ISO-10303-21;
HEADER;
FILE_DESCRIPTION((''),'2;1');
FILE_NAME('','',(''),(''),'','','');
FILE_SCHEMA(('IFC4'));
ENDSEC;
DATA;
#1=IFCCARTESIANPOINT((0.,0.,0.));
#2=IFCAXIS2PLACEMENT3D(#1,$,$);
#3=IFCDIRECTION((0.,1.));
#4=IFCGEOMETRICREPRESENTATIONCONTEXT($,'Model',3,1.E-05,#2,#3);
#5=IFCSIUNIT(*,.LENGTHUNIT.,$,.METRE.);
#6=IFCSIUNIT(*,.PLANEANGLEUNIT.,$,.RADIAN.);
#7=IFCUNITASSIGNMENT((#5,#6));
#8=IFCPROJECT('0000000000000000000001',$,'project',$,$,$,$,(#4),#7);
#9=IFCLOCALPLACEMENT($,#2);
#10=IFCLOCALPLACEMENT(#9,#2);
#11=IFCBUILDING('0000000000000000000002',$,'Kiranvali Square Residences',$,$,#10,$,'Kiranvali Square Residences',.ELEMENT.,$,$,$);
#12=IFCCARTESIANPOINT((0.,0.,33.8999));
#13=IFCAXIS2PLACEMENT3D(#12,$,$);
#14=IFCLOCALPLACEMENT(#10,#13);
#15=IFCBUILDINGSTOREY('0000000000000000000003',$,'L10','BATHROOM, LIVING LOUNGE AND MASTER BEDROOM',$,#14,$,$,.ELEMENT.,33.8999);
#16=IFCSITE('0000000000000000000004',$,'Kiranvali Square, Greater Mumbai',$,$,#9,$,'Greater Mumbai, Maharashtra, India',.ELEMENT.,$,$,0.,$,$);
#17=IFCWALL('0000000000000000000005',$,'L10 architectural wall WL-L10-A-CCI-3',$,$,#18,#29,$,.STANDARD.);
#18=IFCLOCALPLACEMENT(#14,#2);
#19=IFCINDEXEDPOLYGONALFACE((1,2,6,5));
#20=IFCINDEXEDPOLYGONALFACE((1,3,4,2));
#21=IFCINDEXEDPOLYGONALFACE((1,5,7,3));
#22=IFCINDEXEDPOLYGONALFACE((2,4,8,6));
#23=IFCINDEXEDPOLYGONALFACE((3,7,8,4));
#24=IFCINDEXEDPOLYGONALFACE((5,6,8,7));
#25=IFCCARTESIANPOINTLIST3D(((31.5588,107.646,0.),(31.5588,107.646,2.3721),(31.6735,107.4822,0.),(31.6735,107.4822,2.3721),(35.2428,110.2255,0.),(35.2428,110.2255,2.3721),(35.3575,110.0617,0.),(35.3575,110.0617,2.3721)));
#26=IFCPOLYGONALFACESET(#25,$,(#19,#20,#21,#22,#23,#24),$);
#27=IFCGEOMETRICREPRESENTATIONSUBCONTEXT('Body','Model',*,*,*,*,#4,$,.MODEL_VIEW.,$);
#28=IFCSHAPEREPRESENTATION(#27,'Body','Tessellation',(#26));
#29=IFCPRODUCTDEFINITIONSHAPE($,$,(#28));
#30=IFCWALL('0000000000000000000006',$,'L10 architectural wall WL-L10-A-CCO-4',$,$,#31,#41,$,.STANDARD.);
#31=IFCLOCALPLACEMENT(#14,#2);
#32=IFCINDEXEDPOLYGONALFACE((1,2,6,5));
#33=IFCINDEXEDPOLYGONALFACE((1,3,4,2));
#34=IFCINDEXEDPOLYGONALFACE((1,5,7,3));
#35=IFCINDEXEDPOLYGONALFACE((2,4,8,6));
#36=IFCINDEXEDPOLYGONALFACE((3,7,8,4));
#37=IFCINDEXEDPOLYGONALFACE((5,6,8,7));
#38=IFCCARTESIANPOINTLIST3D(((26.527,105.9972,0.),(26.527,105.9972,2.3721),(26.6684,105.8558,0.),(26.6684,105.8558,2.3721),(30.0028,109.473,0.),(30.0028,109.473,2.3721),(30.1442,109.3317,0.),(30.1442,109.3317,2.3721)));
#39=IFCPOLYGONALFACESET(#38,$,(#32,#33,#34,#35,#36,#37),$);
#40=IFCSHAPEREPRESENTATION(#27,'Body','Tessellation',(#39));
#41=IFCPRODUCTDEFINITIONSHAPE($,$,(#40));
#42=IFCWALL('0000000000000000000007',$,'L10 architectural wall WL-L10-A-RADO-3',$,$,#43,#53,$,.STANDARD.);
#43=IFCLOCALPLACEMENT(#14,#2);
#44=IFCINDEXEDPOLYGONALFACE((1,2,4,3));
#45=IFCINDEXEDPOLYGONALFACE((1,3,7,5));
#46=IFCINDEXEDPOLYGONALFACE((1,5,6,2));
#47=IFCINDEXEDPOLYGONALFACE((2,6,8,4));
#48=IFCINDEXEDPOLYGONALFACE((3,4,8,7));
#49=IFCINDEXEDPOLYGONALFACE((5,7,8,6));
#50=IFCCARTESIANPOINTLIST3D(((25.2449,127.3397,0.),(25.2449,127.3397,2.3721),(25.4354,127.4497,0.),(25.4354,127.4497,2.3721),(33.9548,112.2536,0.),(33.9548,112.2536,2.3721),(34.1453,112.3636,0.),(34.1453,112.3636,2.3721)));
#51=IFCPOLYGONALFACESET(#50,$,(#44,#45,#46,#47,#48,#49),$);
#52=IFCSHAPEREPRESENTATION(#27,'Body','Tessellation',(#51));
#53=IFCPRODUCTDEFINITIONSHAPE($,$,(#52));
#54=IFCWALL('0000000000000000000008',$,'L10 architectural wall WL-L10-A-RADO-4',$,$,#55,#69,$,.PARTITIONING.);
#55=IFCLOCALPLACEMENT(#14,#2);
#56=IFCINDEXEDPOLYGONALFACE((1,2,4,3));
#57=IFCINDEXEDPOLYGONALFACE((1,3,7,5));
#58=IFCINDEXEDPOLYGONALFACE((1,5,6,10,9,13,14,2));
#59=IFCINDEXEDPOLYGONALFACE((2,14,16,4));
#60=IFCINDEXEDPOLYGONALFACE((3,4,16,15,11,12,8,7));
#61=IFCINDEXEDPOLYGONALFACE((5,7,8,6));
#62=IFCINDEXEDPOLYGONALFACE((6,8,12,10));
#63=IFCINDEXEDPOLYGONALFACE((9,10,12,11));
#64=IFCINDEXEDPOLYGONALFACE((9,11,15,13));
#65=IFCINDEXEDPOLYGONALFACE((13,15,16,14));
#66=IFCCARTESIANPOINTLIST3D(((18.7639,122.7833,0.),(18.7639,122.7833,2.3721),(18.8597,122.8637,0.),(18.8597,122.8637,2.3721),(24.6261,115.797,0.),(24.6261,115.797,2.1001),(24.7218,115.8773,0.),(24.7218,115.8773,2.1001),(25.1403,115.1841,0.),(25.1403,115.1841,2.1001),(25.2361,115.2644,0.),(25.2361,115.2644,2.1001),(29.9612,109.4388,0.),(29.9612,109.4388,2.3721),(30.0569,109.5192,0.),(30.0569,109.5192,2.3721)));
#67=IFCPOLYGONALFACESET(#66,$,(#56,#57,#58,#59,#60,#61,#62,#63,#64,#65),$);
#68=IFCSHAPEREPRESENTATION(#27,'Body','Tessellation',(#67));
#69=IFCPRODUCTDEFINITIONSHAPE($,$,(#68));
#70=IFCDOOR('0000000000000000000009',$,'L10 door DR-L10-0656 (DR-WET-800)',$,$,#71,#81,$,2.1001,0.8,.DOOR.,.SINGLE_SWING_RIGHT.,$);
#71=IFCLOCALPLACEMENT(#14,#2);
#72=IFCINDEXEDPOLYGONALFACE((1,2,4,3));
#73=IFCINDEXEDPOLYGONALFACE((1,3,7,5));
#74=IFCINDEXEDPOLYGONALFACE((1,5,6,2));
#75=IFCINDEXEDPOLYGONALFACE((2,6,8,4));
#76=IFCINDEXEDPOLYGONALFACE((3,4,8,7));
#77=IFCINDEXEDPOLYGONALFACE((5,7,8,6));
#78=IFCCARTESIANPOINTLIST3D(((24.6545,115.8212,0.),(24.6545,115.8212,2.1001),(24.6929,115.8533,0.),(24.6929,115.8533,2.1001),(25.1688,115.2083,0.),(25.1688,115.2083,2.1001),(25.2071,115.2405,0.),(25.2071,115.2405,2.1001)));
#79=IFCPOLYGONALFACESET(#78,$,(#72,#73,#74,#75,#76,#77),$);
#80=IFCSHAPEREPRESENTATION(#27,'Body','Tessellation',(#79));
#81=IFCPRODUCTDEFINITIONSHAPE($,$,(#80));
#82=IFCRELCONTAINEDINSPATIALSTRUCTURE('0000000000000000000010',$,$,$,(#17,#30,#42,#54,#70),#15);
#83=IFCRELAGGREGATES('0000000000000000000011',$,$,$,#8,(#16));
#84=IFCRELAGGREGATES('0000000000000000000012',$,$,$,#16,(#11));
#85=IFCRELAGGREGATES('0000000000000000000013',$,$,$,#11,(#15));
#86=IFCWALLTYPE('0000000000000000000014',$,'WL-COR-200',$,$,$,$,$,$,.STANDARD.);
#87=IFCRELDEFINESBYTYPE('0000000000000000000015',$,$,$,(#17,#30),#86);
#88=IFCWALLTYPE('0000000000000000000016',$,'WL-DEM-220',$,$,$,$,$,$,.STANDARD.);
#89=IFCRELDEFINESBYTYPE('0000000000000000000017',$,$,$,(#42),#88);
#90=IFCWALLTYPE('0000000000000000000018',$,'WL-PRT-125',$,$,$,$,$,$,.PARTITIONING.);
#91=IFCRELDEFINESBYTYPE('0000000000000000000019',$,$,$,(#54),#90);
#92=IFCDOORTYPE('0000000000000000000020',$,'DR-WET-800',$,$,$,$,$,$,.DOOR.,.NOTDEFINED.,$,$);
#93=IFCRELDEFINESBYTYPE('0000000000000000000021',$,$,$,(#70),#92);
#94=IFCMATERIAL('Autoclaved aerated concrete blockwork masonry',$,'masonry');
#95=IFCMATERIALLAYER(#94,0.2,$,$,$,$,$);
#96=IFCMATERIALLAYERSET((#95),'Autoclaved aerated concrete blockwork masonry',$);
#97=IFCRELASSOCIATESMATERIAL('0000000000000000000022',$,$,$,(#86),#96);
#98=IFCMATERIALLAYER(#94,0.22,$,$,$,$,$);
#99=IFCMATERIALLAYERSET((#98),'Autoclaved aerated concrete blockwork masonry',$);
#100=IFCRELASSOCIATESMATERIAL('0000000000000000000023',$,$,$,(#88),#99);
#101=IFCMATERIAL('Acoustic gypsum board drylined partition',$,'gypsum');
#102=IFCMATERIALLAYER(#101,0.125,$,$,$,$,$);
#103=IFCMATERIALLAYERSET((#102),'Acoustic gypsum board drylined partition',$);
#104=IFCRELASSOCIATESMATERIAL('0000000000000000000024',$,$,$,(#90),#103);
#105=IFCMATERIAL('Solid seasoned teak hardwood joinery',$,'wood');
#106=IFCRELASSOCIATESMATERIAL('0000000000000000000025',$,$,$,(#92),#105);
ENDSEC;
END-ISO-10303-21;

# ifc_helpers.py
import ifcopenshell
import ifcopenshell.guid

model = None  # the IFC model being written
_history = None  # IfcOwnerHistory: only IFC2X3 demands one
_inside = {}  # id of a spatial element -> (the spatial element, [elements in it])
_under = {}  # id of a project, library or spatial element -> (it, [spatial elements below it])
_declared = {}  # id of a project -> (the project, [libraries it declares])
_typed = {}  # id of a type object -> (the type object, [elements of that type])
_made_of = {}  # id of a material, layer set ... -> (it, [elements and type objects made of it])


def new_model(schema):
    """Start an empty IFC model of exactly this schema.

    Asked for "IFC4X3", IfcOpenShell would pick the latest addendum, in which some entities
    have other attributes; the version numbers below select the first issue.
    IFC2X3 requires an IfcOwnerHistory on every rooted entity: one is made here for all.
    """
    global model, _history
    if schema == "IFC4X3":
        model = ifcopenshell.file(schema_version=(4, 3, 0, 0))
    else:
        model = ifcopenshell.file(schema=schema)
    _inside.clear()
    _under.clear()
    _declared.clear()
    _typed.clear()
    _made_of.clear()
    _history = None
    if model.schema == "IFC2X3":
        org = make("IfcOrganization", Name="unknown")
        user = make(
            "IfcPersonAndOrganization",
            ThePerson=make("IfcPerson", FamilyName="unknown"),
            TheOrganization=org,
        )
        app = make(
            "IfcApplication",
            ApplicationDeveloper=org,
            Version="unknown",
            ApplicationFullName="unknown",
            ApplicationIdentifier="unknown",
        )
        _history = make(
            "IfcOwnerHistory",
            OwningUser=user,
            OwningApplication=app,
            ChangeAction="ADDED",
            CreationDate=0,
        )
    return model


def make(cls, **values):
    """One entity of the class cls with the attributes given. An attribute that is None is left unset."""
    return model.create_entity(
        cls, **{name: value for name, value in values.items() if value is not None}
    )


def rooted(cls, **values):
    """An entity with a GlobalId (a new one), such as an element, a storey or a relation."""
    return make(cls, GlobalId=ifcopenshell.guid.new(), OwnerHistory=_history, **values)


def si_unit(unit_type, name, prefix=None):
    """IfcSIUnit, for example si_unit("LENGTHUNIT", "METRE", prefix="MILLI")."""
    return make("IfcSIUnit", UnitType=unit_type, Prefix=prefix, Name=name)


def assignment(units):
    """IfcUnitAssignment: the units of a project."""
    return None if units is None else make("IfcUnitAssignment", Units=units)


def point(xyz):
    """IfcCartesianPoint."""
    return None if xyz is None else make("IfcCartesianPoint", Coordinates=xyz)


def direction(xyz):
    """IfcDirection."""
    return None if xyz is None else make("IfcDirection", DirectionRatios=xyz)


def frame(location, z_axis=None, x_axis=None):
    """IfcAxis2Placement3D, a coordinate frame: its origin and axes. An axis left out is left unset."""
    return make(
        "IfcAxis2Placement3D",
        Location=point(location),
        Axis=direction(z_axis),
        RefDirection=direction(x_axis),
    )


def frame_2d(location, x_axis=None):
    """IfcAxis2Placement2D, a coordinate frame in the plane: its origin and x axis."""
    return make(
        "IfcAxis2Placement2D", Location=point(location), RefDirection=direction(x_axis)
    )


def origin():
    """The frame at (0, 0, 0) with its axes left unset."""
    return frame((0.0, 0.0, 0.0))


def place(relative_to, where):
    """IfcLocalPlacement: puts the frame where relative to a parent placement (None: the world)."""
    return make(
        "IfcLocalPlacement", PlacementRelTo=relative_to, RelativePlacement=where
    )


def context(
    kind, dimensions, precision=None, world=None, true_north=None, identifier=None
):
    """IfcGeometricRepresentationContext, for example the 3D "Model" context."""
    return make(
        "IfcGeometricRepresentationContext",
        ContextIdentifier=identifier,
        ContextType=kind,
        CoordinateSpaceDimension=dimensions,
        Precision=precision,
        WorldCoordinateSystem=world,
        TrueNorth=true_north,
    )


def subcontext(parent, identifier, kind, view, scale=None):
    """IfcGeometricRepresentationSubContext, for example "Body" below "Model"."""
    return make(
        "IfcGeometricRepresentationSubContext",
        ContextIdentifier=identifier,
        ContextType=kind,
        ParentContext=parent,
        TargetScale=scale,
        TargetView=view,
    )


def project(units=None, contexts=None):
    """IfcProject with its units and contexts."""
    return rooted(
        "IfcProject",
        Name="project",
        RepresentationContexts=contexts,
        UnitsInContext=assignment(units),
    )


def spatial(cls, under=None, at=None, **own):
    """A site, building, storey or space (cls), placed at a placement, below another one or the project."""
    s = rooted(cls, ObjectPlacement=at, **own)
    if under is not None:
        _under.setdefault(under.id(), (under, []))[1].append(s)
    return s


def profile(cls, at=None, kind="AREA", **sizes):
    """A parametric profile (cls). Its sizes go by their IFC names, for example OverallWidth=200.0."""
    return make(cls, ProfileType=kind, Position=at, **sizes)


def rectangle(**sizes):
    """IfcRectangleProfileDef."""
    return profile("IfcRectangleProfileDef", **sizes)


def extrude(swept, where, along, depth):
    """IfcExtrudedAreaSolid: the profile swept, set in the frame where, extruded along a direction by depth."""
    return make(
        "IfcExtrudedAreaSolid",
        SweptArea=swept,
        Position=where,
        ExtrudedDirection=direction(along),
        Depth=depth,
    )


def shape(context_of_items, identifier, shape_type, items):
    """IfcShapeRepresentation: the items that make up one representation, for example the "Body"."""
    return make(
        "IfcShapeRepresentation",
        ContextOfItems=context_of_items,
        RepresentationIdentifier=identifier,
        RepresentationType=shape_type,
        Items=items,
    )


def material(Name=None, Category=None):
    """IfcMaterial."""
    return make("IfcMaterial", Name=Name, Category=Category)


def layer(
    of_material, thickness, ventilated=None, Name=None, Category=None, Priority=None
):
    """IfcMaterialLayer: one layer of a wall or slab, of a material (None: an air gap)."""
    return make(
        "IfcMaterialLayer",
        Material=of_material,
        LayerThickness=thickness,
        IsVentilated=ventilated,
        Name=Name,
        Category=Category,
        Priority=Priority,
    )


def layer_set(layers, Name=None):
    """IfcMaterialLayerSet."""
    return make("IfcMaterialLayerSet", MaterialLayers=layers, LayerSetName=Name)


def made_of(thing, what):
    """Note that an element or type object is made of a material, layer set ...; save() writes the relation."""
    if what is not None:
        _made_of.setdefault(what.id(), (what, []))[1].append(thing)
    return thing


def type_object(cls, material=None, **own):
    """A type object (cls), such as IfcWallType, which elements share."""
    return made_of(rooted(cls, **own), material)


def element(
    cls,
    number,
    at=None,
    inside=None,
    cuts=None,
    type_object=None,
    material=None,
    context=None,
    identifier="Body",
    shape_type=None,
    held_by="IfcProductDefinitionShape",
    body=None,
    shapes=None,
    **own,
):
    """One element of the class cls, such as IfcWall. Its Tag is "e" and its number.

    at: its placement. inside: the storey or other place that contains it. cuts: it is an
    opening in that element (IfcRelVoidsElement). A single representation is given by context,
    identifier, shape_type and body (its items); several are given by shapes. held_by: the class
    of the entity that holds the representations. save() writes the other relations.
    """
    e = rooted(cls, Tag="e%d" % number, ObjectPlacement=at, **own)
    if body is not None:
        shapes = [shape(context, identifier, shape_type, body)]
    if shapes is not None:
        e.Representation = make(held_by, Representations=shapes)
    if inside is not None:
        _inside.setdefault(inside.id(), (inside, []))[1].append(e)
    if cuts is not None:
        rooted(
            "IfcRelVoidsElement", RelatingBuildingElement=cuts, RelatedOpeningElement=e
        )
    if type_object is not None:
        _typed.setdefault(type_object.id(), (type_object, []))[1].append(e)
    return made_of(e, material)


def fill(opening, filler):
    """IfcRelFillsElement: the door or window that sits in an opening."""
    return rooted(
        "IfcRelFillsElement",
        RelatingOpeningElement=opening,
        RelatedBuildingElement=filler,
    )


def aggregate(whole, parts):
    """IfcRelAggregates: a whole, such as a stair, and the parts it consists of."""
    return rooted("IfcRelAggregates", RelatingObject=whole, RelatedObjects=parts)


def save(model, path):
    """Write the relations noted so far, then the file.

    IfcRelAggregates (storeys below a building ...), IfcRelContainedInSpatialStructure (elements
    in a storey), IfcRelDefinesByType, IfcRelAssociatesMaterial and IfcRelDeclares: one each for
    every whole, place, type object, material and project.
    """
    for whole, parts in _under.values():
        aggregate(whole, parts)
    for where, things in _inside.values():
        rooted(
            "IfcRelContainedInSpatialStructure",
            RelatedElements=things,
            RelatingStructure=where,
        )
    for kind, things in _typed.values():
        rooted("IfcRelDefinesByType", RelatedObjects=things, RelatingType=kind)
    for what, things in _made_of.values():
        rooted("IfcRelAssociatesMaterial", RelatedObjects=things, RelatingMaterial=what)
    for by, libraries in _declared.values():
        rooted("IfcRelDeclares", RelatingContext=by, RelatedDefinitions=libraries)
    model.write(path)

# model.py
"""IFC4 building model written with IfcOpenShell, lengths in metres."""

from ifc_helpers import new_model, si_unit, direction, frame, frame_2d, origin, place, context, subcontext, project, spatial, rectangle, extrude, material, layer, layer_set, type_object, element, fill, save


model = new_model("IFC4")

# Units and contexts
model_context = context("Model", 3, precision=1e-05, world=origin(), true_north=direction((0.0, 1.0)))
body_context = subcontext(model_context, "Body", "Model", "MODEL_VIEW")
ifc_project = project(units=[si_unit("LENGTHUNIT", "METRE"), si_unit("PLANEANGLEUNIT", "RADIAN")], contexts=[model_context])

# Site, building, storey
site_placement = place(None, origin())
site = spatial("IfcSite", under=ifc_project, at=site_placement, Name="Kiranvali Square, Greater Mumbai", LongName="Greater Mumbai, Maharashtra, India", CompositionType="ELEMENT", RefElevation=0.0)
building_placement = place(site_placement, origin())
building = spatial("IfcBuilding", under=site, at=building_placement, Name="Kiranvali Square Residences", LongName="Kiranvali Square Residences", CompositionType="ELEMENT")
storey_placement = place(building_placement, frame((0.0, 0.0, 33.8999)))
storey = spatial("IfcBuildingStorey", under=building, at=storey_placement, Name="L10", Description="BATHROOM, LIVING LOUNGE AND MASTER BEDROOM", CompositionType="ELEMENT", Elevation=33.8999)

# Wall
ifc_material_1 = material(Name="Autoclaved aerated concrete blockwork masonry", Category="masonry")
ifc_layer_1 = layer(ifc_material_1, 0.2)
ifc_layer_set_1 = layer_set([ifc_layer_1], Name="Autoclaved aerated concrete blockwork masonry")
wall_type_1 = type_object("IfcWallType", Name="WL-COR-200", PredefinedType="STANDARD", material=ifc_layer_set_1)
wall_1_placement = place(storey_placement, frame((35.3, 110.1436, 0.0), z_axis=(0.0, 0.0, 1.0), x_axis=(-0.819155, -0.573572, 0.0)))
element("IfcWall", 1, at=wall_1_placement, inside=storey, type_object=wall_type_1, Name="L10 architectural wall WL-L10-A-CCI-3", PredefinedType="STANDARD", context=body_context, shape_type="SweptSolid", body=[
    extrude(rectangle(XDim=4.4973, YDim=0.2, at=frame_2d((2.2485, 0.0))), origin(), (0.0, 0.0, 1.0), 2.3721),
])

# Walls
wall_2_placement = place(storey_placement, frame((30.0735, 109.4023, 0.0), z_axis=(0.0, 0.0, 1.0), x_axis=(-0.707107, -0.707107, 0.0)))
element("IfcWall", 2, at=wall_2_placement, inside=storey, type_object=wall_type_1, Name="L10 architectural wall WL-L10-A-CCO-4", PredefinedType="STANDARD", context=body_context, shape_type="SweptSolid", body=[
    extrude(rectangle(XDim=4.9155, YDim=0.2, at=frame_2d((2.4578, 0.0))), origin(), (0.0, 0.0, 1.0), 2.3721),
])
ifc_layer_2 = layer(ifc_material_1, 0.22)
ifc_layer_set_2 = layer_set([ifc_layer_2], Name="Autoclaved aerated concrete blockwork masonry")
wall_type_2 = type_object("IfcWallType", Name="WL-DEM-220", PredefinedType="STANDARD", material=ifc_layer_set_2)
wall_3_placement = place(storey_placement, frame((34.05, 112.3086, 0.0), z_axis=(0.0, 0.0, 1.0), x_axis=(-0.499998, 0.866027, 0.0)))
element("IfcWall", 3, at=wall_3_placement, inside=storey, type_object=wall_type_2, Name="L10 architectural wall WL-L10-A-RADO-3", PredefinedType="STANDARD", context=body_context, shape_type="SweptSolid", body=[
    extrude(rectangle(XDim=17.4199, YDim=0.22, at=frame_2d((8.71, 0.0))), origin(), (0.0, 0.0, 1.0), 2.3721),
])

# Wall, opening, door
ifc_material_2 = material(Name="Acoustic gypsum board drylined partition", Category="gypsum")
ifc_layer_3 = layer(ifc_material_2, 0.125)
ifc_layer_set_3 = layer_set([ifc_layer_3], Name="Acoustic gypsum board drylined partition")
wall_type_3 = type_object("IfcWallType", Name="WL-PRT-125", PredefinedType="PARTITIONING", material=ifc_layer_set_3)
wall_4_placement = place(storey_placement, frame((30.009, 109.479, 0.0), z_axis=(0.0, 0.0, 1.0), x_axis=(-0.642785, 0.766047, 0.0)))
wall_4 = element("IfcWall", 4, at=wall_4_placement, inside=storey, type_object=wall_type_3, Name="L10 architectural wall WL-L10-A-RADO-4", PredefinedType="PARTITIONING", context=body_context, shape_type="SweptSolid", body=[
    extrude(rectangle(XDim=17.4199, YDim=0.125, at=frame_2d((8.71, 0.0))), origin(), (0.0, 0.0, 1.0), 2.3721),
])
opening_1_placement = place(wall_4_placement, frame((7.5, 0.0, 0.0)))
opening_1 = element("IfcOpeningElement", 5, at=opening_1_placement, cuts=wall_4, PredefinedType="OPENING", context=body_context, shape_type="SweptSolid", body=[
    extrude(rectangle(XDim=0.8, YDim=2.1001, at=frame_2d((0.3999, 1.05))), frame((0.0, 0.0725, 0.0), z_axis=(0.0, -1.0, 0.0), x_axis=(1.0, 0.0, 0.0)), (0.0, 0.0, 1.0), 0.145),
])
ifc_material_3 = material(Name="Solid seasoned teak hardwood joinery", Category="wood")
door_type_1 = type_object("IfcDoorType", Name="DR-WET-800", OperationType="NOTDEFINED", PredefinedType="DOOR", material=ifc_material_3)
door_1_placement = place(opening_1_placement, frame((0.8, 0.0, 0.0), z_axis=(0.0, 0.0, 1.0), x_axis=(-1.0, 0.0, 0.0)))
door_1 = element("IfcDoor", 6, at=door_1_placement, inside=storey, type_object=door_type_1, Name="L10 door DR-L10-0656 (DR-WET-800)", OperationType="SINGLE_SWING_RIGHT", OverallHeight=2.1001, OverallWidth=0.8, PredefinedType="DOOR", context=body_context, shape_type="SweptSolid", body=[
    extrude(rectangle(XDim=0.8, YDim=2.1001, at=frame_2d((0.3999, 1.05))), frame((0.0, 0.0249, 0.0), z_axis=(0.0, -1.0, 0.0), x_axis=(1.0, 0.0, 0.0)), (0.0, 0.0, 1.0), 0.05),
])
fill(opening_1, door_1)

save(model, "model.ifc")
